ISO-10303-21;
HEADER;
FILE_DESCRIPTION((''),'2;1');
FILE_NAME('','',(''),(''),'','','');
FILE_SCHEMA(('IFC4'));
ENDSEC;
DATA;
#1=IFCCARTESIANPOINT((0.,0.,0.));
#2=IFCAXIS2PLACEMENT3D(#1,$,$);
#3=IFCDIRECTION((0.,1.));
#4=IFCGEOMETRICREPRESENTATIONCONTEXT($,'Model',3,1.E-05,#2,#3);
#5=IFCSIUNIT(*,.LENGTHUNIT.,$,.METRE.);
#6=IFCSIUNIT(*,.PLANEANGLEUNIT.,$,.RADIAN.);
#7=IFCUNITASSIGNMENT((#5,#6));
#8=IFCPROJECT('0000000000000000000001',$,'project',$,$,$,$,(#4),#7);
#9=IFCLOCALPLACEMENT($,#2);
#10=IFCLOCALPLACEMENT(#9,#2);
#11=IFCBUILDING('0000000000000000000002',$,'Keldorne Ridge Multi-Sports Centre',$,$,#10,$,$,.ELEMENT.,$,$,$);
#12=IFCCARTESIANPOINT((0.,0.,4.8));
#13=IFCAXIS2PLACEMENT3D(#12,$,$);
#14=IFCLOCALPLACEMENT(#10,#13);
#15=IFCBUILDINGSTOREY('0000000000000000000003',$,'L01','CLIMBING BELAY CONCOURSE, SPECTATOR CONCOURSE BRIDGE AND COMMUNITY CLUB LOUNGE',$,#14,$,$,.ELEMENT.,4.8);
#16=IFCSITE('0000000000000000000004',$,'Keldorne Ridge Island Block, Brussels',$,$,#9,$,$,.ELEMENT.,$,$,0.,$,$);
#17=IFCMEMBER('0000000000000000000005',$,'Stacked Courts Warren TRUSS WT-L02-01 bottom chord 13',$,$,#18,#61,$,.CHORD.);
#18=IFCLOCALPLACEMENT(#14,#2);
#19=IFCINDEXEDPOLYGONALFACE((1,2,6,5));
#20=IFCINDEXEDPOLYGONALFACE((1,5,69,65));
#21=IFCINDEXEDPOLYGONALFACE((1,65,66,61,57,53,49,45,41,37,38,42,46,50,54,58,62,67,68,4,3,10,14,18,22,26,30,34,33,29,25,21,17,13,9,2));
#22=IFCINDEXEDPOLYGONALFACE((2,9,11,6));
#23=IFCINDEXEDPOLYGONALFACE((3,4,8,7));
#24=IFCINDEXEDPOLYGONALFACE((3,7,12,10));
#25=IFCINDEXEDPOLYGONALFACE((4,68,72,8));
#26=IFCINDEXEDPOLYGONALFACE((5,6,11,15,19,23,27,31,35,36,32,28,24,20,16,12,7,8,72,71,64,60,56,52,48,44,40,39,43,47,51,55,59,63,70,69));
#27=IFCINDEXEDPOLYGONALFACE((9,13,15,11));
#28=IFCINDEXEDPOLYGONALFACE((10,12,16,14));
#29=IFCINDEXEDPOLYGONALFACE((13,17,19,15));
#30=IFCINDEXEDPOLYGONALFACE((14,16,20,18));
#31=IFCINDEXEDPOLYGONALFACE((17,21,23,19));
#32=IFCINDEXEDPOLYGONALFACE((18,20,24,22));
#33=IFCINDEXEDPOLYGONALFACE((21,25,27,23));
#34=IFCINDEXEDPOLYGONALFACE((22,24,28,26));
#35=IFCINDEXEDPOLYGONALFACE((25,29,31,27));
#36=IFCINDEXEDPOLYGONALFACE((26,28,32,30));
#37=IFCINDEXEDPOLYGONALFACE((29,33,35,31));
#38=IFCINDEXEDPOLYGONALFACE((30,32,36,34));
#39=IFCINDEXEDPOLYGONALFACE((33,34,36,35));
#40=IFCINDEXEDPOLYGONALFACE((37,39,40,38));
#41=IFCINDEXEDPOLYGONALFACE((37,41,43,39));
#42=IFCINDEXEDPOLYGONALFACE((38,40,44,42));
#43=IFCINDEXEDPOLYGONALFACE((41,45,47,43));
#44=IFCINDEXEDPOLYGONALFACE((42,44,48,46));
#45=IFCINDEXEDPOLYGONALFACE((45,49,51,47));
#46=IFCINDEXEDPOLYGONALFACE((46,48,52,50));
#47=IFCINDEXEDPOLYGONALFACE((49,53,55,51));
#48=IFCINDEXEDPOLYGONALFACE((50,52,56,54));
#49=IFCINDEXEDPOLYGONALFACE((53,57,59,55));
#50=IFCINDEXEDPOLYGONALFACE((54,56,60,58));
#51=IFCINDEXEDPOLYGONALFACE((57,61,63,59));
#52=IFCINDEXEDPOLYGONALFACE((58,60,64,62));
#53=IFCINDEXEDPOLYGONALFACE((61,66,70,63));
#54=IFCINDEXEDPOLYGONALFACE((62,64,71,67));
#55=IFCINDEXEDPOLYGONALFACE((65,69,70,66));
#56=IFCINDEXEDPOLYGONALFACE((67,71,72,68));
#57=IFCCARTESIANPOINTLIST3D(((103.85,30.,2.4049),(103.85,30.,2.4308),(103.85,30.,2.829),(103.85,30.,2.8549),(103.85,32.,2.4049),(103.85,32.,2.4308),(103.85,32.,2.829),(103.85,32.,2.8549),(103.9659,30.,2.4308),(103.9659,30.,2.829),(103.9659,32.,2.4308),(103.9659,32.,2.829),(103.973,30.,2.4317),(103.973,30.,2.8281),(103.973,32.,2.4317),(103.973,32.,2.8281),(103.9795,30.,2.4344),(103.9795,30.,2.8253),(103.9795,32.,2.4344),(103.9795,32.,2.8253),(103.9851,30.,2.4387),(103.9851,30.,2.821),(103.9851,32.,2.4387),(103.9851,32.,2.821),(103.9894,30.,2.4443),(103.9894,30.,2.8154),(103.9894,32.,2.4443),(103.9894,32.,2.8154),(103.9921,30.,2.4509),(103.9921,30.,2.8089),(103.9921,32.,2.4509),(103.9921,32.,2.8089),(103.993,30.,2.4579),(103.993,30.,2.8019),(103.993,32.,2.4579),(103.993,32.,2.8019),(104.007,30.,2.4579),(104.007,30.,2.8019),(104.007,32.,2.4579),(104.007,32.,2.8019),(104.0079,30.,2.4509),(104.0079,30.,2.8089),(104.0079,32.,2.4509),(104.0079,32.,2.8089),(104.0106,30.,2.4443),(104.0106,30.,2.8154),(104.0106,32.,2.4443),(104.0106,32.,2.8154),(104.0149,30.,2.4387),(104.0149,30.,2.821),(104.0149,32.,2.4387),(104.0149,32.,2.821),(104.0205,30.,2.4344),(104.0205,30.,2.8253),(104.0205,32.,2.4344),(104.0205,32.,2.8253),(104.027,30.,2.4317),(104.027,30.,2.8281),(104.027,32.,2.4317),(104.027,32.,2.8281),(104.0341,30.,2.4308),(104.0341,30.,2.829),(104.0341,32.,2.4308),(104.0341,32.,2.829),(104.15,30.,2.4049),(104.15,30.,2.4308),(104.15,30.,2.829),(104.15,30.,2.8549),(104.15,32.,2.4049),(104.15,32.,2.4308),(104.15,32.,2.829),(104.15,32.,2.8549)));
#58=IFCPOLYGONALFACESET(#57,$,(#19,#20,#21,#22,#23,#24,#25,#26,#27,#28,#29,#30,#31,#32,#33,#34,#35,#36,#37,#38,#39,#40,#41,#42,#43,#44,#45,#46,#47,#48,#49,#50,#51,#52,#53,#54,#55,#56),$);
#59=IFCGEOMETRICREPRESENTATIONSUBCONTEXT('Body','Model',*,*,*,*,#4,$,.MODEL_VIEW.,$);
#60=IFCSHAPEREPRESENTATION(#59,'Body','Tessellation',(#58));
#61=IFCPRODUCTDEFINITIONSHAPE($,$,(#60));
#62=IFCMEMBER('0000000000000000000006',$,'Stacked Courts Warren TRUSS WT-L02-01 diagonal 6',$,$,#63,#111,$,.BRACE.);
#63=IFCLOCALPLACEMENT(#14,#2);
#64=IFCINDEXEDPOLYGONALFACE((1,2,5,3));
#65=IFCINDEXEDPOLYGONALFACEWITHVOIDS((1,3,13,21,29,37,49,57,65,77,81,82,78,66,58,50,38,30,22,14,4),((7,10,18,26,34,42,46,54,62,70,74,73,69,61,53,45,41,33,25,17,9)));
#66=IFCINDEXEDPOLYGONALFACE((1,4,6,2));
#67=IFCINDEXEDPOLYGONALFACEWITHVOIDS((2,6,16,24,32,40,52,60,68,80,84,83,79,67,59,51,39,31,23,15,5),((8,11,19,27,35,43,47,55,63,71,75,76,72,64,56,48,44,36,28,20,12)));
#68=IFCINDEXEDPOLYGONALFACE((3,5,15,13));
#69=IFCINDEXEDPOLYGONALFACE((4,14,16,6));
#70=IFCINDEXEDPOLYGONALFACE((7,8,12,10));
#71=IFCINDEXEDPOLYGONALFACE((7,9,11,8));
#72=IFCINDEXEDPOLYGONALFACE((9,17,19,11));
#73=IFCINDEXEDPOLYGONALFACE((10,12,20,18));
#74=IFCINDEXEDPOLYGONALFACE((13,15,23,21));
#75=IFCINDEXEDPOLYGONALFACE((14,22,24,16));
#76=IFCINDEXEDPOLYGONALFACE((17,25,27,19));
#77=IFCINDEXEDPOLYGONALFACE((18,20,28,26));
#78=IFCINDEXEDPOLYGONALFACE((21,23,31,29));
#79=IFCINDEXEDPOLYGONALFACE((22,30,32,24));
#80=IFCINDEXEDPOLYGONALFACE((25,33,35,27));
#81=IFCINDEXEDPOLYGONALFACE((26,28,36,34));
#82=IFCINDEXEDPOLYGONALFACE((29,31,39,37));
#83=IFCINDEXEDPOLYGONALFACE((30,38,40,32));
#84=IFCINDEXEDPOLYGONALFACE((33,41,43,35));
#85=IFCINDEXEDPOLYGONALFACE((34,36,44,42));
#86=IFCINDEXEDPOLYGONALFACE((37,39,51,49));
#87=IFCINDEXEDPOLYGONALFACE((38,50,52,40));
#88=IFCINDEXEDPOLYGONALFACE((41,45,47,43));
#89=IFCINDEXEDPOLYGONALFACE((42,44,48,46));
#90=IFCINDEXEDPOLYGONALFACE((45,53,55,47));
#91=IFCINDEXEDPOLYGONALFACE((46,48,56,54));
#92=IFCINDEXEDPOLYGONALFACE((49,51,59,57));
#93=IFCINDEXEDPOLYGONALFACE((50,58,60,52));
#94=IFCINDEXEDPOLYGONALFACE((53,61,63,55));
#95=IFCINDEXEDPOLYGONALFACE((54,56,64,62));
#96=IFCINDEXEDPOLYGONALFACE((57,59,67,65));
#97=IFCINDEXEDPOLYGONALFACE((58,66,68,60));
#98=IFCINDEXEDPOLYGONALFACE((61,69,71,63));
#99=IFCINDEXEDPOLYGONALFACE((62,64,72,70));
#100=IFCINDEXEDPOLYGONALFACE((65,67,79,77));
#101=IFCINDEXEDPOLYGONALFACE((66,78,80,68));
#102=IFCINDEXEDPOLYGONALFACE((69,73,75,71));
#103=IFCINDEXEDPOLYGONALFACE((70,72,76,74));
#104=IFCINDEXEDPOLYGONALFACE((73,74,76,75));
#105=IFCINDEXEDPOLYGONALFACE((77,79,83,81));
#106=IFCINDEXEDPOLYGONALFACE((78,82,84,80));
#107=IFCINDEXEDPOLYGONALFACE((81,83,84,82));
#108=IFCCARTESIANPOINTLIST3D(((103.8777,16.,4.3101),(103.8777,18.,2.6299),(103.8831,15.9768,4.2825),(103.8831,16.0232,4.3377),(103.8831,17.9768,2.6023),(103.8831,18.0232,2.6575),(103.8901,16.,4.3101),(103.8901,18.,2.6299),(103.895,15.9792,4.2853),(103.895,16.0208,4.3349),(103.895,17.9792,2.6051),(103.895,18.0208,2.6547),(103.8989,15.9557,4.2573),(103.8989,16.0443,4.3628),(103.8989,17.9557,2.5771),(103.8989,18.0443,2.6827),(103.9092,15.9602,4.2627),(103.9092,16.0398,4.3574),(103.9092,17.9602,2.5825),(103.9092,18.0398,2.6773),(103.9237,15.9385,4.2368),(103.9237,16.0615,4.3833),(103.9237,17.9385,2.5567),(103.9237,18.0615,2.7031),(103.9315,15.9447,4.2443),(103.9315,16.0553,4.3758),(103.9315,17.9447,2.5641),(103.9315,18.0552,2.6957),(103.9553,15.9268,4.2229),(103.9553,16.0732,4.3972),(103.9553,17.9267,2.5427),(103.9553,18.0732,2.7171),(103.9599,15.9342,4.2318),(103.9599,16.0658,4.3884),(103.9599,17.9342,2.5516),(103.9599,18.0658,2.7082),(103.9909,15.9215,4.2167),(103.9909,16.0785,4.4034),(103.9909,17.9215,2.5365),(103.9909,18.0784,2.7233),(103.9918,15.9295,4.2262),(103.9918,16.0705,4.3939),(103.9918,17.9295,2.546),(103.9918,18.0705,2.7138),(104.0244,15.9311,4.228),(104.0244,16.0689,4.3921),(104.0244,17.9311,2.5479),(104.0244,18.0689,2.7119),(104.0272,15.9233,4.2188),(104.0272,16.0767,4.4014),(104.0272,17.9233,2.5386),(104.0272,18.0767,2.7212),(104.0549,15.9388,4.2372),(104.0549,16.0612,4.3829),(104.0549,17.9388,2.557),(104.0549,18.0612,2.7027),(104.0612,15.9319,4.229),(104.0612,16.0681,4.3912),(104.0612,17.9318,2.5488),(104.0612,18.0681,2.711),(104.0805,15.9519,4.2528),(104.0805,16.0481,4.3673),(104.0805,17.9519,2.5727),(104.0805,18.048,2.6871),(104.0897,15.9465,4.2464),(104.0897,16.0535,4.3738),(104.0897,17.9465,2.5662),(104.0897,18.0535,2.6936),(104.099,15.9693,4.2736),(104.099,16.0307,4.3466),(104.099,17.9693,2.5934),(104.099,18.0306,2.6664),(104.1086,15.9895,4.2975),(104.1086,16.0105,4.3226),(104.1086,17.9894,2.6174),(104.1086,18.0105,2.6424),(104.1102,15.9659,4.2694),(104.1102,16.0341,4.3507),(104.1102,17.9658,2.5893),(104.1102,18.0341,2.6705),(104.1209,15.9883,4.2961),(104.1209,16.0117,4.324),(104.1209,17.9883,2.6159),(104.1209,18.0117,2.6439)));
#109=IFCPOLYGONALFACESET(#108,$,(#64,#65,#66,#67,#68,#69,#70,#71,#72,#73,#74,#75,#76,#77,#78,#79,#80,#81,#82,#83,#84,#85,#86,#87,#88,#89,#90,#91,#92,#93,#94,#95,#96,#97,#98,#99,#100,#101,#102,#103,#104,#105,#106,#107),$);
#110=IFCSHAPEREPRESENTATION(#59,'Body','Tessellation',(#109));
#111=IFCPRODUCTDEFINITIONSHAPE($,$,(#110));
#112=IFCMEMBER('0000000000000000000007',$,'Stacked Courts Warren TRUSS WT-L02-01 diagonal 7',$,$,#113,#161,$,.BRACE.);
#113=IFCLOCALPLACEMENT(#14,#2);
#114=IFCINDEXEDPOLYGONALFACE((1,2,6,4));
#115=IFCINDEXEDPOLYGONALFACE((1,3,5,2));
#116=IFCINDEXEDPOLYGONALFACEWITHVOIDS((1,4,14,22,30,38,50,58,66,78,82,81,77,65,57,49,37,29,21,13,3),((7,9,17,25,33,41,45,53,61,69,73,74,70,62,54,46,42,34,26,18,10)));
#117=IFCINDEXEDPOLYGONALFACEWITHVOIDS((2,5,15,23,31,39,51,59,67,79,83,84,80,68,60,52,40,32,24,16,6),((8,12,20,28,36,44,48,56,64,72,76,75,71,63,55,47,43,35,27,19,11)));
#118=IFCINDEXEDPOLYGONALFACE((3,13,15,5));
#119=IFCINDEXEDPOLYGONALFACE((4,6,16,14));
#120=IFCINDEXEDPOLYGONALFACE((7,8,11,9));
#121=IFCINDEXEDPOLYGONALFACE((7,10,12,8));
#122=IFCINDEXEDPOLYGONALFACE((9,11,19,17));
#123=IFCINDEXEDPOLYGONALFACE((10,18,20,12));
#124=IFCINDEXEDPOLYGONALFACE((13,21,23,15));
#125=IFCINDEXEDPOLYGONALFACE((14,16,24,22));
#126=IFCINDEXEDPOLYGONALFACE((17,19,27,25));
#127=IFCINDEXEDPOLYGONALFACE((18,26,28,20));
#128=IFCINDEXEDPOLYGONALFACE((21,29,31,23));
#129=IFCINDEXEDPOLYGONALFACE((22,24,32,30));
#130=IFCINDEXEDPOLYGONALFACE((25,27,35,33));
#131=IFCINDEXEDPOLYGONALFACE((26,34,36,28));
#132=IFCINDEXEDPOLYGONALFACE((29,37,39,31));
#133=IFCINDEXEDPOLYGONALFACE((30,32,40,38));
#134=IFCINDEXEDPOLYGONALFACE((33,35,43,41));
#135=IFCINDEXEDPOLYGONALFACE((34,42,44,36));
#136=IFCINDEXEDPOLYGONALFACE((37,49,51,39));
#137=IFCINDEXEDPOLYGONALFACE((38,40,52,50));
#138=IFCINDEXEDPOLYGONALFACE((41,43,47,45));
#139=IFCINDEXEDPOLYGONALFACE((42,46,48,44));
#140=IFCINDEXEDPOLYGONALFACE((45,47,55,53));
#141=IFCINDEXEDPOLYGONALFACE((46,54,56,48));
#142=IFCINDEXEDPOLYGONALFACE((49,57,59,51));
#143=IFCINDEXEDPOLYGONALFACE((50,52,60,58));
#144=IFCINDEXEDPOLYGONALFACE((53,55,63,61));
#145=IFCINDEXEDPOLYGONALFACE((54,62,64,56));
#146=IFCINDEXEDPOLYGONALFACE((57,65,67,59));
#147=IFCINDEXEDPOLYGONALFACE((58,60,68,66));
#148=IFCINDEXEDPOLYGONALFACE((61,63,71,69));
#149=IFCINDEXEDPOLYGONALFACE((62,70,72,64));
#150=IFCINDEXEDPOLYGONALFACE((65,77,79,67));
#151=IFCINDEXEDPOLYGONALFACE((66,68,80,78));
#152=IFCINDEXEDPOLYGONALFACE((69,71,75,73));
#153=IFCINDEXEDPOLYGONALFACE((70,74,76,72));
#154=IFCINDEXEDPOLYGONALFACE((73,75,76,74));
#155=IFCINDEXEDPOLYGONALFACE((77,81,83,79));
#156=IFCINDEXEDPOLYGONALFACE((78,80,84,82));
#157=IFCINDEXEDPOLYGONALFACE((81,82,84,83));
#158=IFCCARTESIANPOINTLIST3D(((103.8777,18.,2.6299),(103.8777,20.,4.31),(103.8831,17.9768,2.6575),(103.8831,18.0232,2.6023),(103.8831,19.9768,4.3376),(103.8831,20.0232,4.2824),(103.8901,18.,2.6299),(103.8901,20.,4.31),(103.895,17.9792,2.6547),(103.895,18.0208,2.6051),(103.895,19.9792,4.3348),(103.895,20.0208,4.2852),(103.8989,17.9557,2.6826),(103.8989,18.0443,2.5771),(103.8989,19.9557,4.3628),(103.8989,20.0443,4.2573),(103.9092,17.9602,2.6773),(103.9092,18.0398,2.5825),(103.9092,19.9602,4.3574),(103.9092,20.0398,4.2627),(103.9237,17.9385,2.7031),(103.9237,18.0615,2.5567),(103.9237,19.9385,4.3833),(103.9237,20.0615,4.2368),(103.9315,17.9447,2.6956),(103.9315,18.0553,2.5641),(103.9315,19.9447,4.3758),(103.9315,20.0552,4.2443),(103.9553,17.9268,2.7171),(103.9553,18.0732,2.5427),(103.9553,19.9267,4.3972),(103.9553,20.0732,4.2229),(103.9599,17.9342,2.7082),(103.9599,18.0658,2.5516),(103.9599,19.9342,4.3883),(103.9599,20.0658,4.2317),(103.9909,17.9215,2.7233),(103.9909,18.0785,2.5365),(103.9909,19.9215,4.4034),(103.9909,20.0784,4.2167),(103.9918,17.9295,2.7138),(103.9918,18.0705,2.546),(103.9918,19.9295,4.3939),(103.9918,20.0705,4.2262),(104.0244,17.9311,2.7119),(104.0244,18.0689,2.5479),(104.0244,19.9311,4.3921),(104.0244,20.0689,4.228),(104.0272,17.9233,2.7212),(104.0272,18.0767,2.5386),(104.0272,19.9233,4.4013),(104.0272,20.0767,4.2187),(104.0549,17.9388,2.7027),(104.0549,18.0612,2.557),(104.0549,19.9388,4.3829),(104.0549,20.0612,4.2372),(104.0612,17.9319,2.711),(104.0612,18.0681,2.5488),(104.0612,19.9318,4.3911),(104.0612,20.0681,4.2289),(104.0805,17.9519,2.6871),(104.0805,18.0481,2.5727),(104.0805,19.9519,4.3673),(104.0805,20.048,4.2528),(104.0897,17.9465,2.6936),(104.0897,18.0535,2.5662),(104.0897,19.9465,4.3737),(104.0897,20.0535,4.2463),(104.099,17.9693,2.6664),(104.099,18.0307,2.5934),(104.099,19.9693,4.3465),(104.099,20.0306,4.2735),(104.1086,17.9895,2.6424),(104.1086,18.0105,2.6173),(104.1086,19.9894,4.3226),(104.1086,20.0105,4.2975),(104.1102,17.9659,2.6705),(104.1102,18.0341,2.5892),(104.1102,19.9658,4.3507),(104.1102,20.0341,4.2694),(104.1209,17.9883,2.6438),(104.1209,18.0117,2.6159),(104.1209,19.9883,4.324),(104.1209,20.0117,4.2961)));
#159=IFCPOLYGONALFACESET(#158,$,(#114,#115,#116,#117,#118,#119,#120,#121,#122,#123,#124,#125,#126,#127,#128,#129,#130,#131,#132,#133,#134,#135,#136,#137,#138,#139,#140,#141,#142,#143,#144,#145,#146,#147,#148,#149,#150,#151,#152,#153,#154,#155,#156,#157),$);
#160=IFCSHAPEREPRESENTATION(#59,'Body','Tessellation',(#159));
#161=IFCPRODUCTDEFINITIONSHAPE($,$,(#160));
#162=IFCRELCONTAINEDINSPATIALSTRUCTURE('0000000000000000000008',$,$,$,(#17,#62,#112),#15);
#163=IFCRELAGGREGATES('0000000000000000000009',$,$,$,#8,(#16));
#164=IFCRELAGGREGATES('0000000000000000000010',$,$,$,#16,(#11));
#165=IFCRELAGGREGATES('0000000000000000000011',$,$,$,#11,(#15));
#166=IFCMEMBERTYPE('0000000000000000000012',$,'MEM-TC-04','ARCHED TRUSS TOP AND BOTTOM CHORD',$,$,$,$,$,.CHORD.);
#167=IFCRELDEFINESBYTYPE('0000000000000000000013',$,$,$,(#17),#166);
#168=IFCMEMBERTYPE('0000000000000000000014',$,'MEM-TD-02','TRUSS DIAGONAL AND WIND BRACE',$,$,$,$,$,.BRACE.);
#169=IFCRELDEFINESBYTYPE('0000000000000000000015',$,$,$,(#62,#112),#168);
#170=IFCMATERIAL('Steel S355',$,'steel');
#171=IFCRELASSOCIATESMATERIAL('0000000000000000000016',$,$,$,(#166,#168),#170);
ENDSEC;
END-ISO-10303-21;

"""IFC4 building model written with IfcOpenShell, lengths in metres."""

from ifc_helpers import new_model, si_unit, direction, frame, origin, origin_2d, place, context, subcontext, project, spatial, hollow_circle, i_section, extrude, material, material_profile, profile_set, type_object, element, save


model = new_model("IFC4")

# Units and contexts
model_context = context("Model", 3, precision=1e-05, world=origin(), true_north=direction((0.0, 1.0)))
body_context = subcontext(model_context, "Body", "Model", "MODEL_VIEW")
ifc_project = project(units=[si_unit("LENGTHUNIT", "METRE"), si_unit("PLANEANGLEUNIT", "RADIAN")], contexts=[model_context])

# Site, building, storey
site_placement = place(None, origin())
site = spatial("IfcSite", under=ifc_project, at=site_placement, Name="Keldorne Ridge Island Block, Brussels", CompositionType="ELEMENT", RefElevation=0.0)
building_placement = place(site_placement, origin())
building = spatial("IfcBuilding", under=site, at=building_placement, Name="Keldorne Ridge Multi-Sports Centre", CompositionType="ELEMENT")
storey_placement = place(building_placement, frame((0.0, 0.0, 4.8)))
storey = spatial("IfcBuildingStorey", under=building, at=storey_placement, Name="L01", Description="CLIMBING BELAY CONCOURSE, SPECTATOR CONCOURSE BRIDGE AND COMMUNITY CLUB LOUNGE", CompositionType="ELEMENT", Elevation=4.8)

# Shared definitions
ifc_material = material(Name="Steel S355", Category="steel")

# Members
ifc_material_profile_1 = material_profile(ifc_material, i_section(OverallWidth=0.3, OverallDepth=0.45, WebThickness=0.0139, FlangeThickness=0.0259, FilletRadius=0.0271, at=origin_2d()), Name="HEB 450")
ifc_profile_set_1 = profile_set([ifc_material_profile_1], Name="Steel S355")
member_type_1 = type_object("IfcMemberType", Name="MEM-TC-04", Description="ARCHED TRUSS TOP AND BOTTOM CHORD", PredefinedType="CHORD", material=ifc_profile_set_1)
for number, where, z_axis, x_axis, name in (
    (1, (104.0, 30.0, 2.6299), (0.0, 1.0, 0.0), (-1.0, 0.0, 0.0), "Stacked Courts Warren TRUSS WT-L02-01 bottom chord 13"),
):
    element("IfcMember", number, at=place(storey_placement, frame(where, z_axis=z_axis, x_axis=x_axis)), inside=storey, type_object=member_type_1, Name=name, PredefinedType="CHORD", context=body_context, shape_type="SweptSolid", body=[
        extrude(i_section(OverallWidth=0.3, OverallDepth=0.45, WebThickness=0.0139, FlangeThickness=0.0259, FilletRadius=0.0271, at=origin_2d()), origin(), (0.0, 0.0, 1.0), 2.0),
    ])
ifc_material_profile_2 = material_profile(ifc_material, hollow_circle(Radius=0.1223, WallThickness=0.0125, at=origin_2d()), Name="CHS 244.5x12.5")
ifc_profile_set_2 = profile_set([ifc_material_profile_2], Name="Steel S355")
member_type_2 = type_object("IfcMemberType", Name="MEM-TD-02", Description="TRUSS DIAGONAL AND WIND BRACE", PredefinedType="BRACE", material=ifc_profile_set_2)
for number, where, z_axis, x_axis, name in (
    (2, (104.0, 16.0, 4.3101), (0.0, 0.765672, -0.643232), (-1.0, 0.0, 0.0), "Stacked Courts Warren TRUSS WT-L02-01 diagonal 6"),
    (3, (104.0, 18.0, 2.6299), (0.0, 0.765672, 0.643232), (-1.0, 0.0, 0.0), "Stacked Courts Warren TRUSS WT-L02-01 diagonal 7"),
):
    element("IfcMember", number, at=place(storey_placement, frame(where, z_axis=z_axis, x_axis=x_axis)), inside=storey, type_object=member_type_2, Name=name, PredefinedType="BRACE", context=body_context, shape_type="SweptSolid", body=[
        extrude(hollow_circle(Radius=0.1223, WallThickness=0.0125, at=origin_2d()), origin(), (0.0, 0.0, 1.0), 2.6121),
    ])

save(model, "model.ifc")
